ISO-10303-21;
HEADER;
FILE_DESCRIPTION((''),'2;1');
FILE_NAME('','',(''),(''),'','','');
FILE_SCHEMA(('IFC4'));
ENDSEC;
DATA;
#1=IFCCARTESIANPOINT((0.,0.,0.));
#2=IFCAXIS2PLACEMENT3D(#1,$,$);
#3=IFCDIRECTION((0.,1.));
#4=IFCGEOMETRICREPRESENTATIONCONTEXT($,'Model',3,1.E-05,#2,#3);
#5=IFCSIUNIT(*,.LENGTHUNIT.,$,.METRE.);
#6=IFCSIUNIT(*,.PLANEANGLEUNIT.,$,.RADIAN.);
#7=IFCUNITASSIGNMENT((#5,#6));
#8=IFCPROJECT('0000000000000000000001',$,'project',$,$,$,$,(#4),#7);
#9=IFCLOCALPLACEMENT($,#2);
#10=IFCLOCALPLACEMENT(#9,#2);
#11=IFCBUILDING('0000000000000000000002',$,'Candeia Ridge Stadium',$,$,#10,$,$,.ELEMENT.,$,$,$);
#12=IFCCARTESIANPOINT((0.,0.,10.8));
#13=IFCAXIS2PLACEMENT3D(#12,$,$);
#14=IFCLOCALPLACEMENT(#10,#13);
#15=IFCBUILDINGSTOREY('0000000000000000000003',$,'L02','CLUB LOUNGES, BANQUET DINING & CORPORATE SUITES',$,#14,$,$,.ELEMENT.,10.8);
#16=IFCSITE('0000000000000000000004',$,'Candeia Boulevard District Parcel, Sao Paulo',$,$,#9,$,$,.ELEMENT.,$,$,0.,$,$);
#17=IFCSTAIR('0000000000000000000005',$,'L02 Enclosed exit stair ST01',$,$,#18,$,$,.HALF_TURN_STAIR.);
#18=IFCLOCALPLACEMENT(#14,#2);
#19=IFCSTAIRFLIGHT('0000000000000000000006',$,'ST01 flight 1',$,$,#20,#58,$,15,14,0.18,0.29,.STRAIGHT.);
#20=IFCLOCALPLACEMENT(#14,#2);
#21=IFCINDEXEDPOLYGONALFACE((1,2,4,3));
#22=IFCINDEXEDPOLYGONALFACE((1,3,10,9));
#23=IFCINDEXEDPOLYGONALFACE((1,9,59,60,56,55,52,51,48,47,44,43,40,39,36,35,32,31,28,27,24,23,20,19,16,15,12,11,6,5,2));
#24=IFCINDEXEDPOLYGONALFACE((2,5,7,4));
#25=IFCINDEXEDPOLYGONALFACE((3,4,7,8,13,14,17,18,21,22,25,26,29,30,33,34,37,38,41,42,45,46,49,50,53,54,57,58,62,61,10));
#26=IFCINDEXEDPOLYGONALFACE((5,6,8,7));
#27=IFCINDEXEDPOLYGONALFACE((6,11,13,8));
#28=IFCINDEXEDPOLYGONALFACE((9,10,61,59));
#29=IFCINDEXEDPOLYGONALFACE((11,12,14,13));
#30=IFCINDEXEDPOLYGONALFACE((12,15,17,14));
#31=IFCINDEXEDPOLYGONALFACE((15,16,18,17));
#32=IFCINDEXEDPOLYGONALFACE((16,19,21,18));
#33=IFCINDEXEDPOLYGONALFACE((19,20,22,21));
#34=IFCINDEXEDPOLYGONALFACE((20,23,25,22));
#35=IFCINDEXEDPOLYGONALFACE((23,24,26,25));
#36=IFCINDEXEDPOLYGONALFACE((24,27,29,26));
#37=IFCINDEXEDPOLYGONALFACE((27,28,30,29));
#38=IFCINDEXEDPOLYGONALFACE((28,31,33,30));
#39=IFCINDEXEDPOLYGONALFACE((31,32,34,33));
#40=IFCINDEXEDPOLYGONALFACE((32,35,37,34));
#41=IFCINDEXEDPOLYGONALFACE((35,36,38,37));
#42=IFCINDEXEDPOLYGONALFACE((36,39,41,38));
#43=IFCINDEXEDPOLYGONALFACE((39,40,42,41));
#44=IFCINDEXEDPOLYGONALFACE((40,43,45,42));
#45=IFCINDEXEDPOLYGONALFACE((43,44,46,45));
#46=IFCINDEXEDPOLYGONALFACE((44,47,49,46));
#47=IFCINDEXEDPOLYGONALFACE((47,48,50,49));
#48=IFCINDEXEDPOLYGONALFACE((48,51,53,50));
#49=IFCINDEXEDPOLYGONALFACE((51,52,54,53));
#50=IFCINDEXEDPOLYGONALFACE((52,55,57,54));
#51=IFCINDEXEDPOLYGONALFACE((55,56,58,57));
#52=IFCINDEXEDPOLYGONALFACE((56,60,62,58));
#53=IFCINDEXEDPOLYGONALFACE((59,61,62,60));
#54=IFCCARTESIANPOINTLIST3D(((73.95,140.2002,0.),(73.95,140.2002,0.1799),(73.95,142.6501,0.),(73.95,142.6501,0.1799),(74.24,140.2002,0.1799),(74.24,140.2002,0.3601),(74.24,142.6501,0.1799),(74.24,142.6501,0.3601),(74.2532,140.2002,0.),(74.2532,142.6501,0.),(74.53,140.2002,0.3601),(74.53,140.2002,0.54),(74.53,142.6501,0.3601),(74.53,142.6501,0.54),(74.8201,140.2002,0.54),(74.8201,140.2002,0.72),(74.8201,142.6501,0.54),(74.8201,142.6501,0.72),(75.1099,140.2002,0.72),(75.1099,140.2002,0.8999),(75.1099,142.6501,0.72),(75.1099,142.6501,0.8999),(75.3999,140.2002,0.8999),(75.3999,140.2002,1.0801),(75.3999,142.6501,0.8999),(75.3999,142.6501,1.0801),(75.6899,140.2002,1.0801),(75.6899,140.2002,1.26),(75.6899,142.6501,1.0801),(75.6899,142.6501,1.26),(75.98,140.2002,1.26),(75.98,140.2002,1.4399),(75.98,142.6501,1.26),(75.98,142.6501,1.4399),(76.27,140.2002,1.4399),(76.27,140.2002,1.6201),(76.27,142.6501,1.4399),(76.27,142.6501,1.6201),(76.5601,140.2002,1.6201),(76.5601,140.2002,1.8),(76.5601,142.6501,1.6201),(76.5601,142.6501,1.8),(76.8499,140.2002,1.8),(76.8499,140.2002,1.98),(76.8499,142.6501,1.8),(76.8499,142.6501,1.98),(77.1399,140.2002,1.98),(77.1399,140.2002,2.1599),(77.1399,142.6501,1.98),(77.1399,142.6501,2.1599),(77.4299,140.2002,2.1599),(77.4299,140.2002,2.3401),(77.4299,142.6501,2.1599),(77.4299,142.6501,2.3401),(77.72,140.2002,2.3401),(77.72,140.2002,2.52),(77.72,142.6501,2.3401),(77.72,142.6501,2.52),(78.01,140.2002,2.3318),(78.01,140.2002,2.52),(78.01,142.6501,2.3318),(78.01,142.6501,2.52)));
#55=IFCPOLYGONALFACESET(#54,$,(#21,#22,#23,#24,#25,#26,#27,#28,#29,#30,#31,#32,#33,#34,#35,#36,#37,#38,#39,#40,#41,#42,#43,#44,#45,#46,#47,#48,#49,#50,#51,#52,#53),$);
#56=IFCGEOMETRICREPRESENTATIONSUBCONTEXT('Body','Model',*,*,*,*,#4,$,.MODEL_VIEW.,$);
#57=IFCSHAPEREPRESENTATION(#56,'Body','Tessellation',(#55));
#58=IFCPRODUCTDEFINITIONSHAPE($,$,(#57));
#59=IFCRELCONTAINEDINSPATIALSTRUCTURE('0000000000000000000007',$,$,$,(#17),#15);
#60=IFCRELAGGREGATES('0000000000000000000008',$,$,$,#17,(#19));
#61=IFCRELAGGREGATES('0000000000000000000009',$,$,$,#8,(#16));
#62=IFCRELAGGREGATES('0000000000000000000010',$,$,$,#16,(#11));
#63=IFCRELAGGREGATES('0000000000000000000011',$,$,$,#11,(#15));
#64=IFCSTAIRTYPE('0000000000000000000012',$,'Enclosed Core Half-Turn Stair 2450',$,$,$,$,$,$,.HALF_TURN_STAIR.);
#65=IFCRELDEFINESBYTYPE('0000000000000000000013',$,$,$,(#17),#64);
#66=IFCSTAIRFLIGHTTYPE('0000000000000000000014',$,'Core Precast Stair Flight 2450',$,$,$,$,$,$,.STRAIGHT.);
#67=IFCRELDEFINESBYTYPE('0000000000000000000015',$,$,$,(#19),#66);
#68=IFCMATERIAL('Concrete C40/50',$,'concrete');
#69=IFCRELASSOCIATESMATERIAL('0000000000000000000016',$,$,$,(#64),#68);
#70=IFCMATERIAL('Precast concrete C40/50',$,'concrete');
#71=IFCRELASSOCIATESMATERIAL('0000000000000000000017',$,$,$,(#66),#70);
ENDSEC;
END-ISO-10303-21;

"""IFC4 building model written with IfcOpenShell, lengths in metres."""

from ifc_helpers import new_model, si_unit, direction, frame, origin, place, context, subcontext, project, spatial, polyline, outline, extrude, material, type_object, element, aggregate, save


model = new_model("IFC4")

# Units and contexts
model_context = context("Model", 3, precision=1e-05, world=origin(), true_north=direction((0.0, 1.0)))
body_context = subcontext(model_context, "Body", "Model", "MODEL_VIEW")
ifc_project = project(units=[si_unit("LENGTHUNIT", "METRE"), si_unit("PLANEANGLEUNIT", "RADIAN")], contexts=[model_context])

# Site, building, storey
site_placement = place(None, origin())
site = spatial("IfcSite", under=ifc_project, at=site_placement, Name="Candeia Boulevard District Parcel, Sao Paulo", CompositionType="ELEMENT", RefElevation=0.0)
building_placement = place(site_placement, origin())
building = spatial("IfcBuilding", under=site, at=building_placement, Name="Candeia Ridge Stadium", CompositionType="ELEMENT")
storey_placement = place(building_placement, frame((0.0, 0.0, 10.8)))
storey = spatial("IfcBuildingStorey", under=building, at=storey_placement, Name="L02", Description="CLUB LOUNGES, BANQUET DINING & CORPORATE SUITES", CompositionType="ELEMENT", Elevation=10.8)

# Shared definitions
ifc_material_1 = material(Name="Concrete C40/50", Category="concrete")

# Stair, stair flight
stair_type = type_object("IfcStairType", Name="Enclosed Core Half-Turn Stair 2450", PredefinedType="HALF_TURN_STAIR", material=ifc_material_1)
stair_placement = place(storey_placement, origin())
stair = element("IfcStair", 1, at=stair_placement, inside=storey, type_object=stair_type, Name="L02 Enclosed exit stair ST01", PredefinedType="HALF_TURN_STAIR")
ifc_material_2 = material(Name="Precast concrete C40/50", Category="concrete")
stair_flight_type = type_object("IfcStairFlightType", Name="Core Precast Stair Flight 2450", PredefinedType="STRAIGHT", material=ifc_material_2)
stair_flight_placement = place(storey_placement, frame((73.95, 141.425, 0.0), z_axis=(0.0, 0.0, 1.0), x_axis=(1.0, 0.0, 0.0)))
stair_flight = element("IfcStairFlight", 2, at=stair_flight_placement, type_object=stair_flight_type, Name="ST01 flight 1", NumberOfRisers=15, NumberOfTreads=14, PredefinedType="STRAIGHT", RiserHeight=0.18, TreadLength=0.29, context=body_context, shape_type="SweptSolid", body=[
    extrude(outline(polyline([(0.0, 0.0), (0.0, 0.1799), (0.29, 0.1799), (0.29, 0.3601), (0.5801, 0.3601), (0.5801, 0.54), (0.8701, 0.54), (0.8701, 0.72), (1.1599, 0.72), (1.1599, 0.8999), (1.45, 0.8999), (1.45, 1.0801), (1.74, 1.0801), (1.74, 1.26), (2.03, 1.26), (2.03, 1.4399), (2.3201, 1.4399), (2.3201, 1.6201), (2.6101, 1.6201), (2.6101, 1.8), (2.8999, 1.8), (2.8999, 1.98), (3.1899, 1.98), (3.1899, 2.1599), (3.48, 2.1599), (3.48, 2.3401), (3.77, 2.3401), (3.77, 2.52), (4.0601, 2.52), (4.0601, 2.7), (4.0601, 2.3318), (0.3032, 0.0), (0.0, 0.0)])), frame((0.0, 1.2251, 0.0), z_axis=(0.0, -1.0, 0.0), x_axis=(1.0, 0.0, 0.0)), (0.0, 0.0, 1.0), 2.45),
])
aggregate(stair, [stair_flight])

save(model, "model.ifc")
